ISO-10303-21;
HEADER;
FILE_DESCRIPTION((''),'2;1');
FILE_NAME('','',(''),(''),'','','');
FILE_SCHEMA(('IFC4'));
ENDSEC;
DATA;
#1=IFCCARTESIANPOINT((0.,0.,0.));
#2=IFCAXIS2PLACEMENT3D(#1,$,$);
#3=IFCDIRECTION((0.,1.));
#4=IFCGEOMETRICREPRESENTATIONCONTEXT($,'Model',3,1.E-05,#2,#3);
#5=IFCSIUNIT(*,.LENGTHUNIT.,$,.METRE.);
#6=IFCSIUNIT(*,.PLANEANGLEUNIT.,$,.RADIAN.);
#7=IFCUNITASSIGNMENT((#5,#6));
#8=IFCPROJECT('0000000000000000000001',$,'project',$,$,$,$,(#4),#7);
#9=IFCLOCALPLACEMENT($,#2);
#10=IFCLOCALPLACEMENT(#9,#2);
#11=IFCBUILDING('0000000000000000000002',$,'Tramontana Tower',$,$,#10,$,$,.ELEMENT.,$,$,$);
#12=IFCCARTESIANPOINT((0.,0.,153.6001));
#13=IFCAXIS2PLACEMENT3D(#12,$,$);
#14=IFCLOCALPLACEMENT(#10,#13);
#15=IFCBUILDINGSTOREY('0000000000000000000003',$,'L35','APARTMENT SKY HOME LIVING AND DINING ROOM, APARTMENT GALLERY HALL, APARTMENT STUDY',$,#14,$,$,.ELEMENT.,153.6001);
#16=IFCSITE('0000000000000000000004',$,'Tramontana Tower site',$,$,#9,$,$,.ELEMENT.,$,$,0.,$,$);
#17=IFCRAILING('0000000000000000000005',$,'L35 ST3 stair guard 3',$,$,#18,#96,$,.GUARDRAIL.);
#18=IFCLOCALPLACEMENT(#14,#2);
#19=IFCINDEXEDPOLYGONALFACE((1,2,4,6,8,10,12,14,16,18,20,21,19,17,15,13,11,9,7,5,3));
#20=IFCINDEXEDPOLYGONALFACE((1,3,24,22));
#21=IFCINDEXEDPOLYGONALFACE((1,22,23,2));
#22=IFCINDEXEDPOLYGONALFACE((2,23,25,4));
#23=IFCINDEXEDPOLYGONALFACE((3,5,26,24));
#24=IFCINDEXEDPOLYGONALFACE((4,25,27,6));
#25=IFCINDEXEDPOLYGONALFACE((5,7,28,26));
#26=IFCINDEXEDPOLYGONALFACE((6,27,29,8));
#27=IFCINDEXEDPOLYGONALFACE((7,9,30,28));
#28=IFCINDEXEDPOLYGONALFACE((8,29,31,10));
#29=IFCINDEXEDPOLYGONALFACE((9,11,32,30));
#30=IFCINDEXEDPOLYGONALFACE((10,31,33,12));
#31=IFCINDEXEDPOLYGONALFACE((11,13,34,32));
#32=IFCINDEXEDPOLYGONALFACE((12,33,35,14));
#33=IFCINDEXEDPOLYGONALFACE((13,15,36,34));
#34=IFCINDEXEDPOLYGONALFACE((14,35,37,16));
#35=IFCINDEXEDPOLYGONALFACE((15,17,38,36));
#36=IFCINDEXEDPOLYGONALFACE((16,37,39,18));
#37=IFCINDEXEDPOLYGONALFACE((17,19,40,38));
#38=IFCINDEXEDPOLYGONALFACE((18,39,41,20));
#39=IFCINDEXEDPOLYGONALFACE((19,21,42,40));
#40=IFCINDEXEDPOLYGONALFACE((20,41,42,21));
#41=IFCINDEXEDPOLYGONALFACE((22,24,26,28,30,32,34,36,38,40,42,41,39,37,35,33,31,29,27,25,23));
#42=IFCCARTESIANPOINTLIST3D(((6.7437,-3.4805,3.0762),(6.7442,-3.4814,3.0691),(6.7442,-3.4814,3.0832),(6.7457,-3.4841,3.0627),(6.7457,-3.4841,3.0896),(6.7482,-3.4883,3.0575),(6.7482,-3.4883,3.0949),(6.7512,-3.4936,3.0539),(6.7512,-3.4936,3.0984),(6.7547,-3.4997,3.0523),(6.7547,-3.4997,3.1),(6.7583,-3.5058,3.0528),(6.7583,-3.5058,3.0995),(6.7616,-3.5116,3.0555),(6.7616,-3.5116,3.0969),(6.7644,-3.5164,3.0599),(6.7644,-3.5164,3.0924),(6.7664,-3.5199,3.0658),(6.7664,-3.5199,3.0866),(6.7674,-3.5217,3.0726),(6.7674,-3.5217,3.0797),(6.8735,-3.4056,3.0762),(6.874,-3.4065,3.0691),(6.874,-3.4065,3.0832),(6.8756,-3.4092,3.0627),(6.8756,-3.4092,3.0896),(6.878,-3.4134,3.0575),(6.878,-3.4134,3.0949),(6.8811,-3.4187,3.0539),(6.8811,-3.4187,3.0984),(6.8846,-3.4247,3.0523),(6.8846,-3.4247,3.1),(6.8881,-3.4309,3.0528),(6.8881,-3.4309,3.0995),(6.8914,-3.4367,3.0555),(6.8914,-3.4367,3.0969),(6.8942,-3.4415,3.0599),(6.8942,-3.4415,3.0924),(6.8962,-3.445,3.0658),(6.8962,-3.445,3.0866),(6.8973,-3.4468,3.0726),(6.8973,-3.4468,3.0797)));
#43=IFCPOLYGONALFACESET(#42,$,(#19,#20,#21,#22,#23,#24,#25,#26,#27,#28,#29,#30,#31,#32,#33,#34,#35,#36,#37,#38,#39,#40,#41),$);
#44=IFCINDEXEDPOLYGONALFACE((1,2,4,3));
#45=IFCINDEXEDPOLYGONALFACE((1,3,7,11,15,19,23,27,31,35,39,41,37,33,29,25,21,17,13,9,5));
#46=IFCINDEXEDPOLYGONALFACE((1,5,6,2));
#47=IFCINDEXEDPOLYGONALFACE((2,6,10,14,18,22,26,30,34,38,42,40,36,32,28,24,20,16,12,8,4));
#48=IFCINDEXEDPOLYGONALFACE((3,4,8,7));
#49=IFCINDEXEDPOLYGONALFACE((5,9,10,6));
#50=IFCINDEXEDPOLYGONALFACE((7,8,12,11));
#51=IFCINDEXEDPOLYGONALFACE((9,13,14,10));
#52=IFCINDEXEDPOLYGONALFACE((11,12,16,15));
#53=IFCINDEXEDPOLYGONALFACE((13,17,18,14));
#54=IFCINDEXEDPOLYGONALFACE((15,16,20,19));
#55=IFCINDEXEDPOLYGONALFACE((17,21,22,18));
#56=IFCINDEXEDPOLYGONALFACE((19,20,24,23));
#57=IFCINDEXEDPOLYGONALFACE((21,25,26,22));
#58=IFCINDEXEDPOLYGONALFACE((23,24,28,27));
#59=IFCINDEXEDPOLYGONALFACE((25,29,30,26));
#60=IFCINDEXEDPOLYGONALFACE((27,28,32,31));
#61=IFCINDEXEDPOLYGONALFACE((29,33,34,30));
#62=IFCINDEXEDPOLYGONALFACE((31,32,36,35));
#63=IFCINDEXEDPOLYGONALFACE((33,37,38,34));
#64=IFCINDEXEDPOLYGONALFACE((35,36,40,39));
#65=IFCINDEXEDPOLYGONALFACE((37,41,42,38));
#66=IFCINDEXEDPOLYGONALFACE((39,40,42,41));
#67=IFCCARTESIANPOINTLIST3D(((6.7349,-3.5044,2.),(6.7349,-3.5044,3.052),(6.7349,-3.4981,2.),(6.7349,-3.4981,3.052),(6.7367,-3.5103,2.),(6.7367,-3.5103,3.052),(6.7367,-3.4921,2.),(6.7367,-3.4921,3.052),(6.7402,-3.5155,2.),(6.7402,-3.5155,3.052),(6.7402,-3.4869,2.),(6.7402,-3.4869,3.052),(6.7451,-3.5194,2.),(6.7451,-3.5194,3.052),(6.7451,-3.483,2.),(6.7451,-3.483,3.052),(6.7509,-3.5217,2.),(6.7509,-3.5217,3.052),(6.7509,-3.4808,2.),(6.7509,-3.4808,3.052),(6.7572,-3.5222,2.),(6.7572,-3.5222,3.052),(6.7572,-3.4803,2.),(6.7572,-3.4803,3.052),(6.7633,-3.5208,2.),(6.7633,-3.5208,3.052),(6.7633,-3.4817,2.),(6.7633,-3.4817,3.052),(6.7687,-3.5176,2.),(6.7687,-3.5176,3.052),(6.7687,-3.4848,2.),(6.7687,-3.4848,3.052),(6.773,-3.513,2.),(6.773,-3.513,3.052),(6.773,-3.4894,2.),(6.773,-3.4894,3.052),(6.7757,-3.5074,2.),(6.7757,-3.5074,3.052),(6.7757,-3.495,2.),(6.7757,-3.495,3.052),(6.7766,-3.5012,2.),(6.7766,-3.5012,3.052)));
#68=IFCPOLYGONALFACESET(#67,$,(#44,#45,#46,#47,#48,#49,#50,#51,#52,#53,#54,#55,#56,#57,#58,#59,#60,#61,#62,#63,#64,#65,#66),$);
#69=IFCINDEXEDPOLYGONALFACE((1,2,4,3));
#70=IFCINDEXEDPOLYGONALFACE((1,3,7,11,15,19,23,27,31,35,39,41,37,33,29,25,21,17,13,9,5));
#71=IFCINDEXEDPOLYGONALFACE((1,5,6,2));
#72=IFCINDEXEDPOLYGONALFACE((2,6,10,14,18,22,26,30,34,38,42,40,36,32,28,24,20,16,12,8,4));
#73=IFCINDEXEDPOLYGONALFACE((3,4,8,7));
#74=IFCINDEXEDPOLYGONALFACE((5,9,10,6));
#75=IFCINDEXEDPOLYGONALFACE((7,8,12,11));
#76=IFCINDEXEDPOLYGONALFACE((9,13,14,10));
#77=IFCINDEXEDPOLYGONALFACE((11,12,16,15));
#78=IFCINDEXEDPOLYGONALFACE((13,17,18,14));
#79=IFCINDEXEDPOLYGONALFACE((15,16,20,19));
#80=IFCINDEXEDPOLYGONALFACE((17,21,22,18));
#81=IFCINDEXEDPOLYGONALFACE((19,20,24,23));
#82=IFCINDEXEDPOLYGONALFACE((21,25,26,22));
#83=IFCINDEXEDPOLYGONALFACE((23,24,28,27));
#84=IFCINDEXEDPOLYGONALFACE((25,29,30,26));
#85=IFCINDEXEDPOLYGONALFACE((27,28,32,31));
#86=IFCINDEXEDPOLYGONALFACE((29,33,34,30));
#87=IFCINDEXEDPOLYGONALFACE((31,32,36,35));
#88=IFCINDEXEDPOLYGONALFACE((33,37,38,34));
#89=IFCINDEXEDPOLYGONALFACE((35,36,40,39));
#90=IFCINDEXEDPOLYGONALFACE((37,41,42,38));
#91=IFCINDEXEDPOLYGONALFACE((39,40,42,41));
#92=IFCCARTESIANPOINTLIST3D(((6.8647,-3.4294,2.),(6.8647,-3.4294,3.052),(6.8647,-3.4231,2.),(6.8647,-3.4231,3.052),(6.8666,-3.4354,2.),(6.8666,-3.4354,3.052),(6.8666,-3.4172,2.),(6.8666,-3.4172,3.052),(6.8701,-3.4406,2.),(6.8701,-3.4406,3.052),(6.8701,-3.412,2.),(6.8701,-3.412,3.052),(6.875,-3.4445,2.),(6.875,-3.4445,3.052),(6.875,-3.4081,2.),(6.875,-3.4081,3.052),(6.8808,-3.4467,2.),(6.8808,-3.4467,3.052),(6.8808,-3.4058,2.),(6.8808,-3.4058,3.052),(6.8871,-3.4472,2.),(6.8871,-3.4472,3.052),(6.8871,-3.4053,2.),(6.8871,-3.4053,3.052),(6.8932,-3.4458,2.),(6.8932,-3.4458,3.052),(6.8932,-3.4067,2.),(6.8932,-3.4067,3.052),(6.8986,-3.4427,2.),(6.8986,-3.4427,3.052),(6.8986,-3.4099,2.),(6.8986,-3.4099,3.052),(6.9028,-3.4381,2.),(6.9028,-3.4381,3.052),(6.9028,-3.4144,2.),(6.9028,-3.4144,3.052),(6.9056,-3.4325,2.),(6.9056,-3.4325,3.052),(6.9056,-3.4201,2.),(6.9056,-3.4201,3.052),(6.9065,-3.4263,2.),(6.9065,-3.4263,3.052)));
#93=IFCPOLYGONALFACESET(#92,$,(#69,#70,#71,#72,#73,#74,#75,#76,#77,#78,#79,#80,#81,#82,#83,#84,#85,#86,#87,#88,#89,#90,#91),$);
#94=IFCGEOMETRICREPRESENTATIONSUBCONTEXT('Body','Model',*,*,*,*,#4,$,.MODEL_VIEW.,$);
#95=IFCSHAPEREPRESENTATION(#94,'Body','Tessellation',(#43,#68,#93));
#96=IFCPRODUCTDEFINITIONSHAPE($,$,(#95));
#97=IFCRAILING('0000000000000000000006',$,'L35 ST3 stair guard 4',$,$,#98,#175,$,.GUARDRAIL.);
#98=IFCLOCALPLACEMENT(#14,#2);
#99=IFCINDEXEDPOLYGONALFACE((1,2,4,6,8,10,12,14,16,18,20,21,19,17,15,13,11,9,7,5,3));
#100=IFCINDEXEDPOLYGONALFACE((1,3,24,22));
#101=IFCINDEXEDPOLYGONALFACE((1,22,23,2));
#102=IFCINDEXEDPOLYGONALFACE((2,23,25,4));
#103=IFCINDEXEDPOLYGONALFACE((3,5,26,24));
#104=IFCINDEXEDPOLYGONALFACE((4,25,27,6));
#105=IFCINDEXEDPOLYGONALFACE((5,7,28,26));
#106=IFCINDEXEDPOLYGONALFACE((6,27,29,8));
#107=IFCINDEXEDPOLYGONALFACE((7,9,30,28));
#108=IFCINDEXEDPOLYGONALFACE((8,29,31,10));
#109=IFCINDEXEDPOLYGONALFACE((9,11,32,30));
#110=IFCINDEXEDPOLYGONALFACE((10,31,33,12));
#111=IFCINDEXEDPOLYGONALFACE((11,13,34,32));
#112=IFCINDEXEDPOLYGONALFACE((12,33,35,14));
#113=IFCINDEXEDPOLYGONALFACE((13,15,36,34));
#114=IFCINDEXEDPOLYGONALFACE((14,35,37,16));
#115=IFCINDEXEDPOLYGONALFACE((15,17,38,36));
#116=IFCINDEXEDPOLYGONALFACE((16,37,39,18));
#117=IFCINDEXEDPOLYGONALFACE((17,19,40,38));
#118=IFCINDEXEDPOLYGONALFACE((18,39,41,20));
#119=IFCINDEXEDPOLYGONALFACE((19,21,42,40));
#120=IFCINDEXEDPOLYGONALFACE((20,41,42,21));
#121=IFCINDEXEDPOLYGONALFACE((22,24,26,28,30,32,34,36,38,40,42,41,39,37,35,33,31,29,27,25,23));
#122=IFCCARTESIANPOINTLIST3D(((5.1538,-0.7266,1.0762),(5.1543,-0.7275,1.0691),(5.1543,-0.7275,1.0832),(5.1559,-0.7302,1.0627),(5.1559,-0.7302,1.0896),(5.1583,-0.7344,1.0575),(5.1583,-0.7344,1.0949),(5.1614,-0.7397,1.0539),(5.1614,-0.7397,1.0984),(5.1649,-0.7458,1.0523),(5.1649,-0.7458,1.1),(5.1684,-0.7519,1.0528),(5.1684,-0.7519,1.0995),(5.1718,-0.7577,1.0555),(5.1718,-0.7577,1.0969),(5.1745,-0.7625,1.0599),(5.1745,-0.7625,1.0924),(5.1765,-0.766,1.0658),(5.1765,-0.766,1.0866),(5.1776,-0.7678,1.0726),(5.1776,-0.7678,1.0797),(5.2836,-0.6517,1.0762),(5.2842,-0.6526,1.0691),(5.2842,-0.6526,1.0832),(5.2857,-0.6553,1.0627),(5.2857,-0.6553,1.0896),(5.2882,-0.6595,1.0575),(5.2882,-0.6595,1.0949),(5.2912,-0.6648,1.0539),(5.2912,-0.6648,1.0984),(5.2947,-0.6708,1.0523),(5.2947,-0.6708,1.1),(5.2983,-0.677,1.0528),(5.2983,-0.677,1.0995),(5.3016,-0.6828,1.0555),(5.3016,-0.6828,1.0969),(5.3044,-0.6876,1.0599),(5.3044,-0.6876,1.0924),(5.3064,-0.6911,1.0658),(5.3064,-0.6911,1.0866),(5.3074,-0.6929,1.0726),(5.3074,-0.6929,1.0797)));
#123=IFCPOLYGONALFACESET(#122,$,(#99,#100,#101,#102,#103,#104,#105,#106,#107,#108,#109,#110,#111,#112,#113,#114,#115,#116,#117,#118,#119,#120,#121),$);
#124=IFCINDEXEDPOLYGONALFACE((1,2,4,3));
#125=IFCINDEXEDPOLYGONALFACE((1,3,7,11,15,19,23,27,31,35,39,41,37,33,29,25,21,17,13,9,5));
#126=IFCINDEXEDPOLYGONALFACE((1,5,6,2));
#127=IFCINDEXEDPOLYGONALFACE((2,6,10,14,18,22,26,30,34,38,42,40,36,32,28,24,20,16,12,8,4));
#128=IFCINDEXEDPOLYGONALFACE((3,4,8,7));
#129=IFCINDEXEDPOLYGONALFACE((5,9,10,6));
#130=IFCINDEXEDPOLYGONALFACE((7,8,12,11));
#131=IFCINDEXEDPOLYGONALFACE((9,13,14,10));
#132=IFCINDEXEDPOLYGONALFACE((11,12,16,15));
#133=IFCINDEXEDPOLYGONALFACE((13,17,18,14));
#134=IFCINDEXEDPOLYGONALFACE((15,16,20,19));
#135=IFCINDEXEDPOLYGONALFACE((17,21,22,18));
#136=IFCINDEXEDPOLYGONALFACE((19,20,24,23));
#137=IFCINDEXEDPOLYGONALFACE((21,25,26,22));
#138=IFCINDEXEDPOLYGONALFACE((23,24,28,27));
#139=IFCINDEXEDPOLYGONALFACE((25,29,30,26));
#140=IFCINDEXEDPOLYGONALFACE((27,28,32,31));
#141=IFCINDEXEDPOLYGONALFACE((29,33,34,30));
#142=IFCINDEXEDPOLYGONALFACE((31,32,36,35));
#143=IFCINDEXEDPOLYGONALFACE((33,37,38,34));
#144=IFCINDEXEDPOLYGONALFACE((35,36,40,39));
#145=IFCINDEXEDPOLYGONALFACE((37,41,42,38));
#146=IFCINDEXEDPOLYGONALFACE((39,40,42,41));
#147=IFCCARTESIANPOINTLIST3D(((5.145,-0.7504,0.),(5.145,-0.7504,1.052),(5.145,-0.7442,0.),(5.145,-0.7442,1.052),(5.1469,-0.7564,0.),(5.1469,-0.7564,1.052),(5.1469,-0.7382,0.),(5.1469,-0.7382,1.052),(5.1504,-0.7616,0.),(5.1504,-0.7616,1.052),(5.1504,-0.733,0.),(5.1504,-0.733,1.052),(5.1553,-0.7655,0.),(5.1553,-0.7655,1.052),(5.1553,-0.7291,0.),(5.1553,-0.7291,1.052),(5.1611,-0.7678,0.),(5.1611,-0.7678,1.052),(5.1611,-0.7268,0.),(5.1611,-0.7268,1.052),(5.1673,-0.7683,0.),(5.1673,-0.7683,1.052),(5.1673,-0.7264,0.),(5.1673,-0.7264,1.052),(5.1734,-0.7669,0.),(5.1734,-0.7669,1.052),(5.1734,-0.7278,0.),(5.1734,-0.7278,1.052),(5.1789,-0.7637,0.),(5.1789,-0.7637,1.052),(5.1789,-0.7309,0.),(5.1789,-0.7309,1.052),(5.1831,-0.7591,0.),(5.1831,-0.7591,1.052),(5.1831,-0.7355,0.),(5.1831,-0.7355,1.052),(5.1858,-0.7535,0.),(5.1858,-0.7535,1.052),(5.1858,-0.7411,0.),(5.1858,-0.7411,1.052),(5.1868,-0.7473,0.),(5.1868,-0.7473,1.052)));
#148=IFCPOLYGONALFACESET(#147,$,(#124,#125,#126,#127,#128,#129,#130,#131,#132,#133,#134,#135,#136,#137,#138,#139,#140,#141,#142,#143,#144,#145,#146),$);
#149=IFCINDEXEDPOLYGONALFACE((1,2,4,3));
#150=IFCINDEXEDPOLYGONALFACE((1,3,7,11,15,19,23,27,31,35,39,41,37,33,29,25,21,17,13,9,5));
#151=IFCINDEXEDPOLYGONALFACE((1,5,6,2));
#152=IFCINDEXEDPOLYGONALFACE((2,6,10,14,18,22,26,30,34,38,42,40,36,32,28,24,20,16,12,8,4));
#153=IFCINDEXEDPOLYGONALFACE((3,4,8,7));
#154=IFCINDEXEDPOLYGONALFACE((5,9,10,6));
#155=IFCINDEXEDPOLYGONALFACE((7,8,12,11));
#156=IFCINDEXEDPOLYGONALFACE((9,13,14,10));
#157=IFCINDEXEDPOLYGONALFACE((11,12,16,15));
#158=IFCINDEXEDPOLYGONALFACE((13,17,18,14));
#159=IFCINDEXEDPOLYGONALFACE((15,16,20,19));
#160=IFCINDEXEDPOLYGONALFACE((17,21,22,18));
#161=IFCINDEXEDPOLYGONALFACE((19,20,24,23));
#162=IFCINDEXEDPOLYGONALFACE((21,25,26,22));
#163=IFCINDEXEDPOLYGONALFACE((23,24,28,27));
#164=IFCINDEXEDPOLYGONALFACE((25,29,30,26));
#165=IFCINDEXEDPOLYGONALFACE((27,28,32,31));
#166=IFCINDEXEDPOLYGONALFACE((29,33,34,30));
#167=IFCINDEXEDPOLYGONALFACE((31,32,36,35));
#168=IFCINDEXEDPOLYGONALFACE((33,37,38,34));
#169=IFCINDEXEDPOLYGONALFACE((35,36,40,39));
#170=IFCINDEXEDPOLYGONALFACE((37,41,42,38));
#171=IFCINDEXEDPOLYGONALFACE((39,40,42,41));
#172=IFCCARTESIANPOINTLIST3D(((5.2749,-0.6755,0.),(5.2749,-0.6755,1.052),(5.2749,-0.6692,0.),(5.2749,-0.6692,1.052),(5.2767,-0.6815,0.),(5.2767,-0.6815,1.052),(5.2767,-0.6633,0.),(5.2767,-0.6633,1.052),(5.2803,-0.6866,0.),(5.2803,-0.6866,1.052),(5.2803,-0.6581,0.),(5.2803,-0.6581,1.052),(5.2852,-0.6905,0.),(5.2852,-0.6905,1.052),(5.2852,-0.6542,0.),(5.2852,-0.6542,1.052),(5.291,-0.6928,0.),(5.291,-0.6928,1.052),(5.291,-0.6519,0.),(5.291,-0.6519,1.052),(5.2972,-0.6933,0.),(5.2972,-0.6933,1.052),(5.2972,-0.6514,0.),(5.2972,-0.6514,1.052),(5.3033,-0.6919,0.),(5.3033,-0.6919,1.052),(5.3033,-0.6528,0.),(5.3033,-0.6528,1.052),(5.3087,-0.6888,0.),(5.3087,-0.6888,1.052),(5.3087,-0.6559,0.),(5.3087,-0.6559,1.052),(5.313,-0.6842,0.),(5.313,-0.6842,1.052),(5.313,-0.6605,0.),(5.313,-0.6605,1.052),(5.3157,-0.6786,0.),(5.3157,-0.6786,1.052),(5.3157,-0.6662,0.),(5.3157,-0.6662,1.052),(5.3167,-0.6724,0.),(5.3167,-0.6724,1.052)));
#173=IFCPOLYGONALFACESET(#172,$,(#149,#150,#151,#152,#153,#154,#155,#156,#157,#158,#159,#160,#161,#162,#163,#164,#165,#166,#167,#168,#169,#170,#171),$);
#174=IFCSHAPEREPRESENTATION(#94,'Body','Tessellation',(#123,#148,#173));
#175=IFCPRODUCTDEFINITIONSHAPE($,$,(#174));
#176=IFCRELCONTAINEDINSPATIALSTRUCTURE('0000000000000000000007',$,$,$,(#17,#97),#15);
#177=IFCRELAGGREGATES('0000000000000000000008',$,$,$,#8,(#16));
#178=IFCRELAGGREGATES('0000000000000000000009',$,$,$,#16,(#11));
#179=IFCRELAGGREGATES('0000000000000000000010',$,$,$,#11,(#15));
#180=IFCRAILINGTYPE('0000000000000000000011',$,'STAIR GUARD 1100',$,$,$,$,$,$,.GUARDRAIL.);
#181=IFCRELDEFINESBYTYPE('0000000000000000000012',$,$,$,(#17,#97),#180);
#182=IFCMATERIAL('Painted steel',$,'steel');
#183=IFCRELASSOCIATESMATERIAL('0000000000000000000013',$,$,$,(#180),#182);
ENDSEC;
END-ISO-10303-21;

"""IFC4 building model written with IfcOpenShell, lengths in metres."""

from ifc_helpers import new_model, si_unit, direction, frame, origin, origin_2d, place, context, subcontext, project, spatial, circle, extrude, material, type_object, element, save


model = new_model("IFC4")

# Units and contexts
model_context = context("Model", 3, precision=1e-05, world=origin(), true_north=direction((0.0, 1.0)))
body_context = subcontext(model_context, "Body", "Model", "MODEL_VIEW")
ifc_project = project(units=[si_unit("LENGTHUNIT", "METRE"), si_unit("PLANEANGLEUNIT", "RADIAN")], contexts=[model_context])

# Site, building, storey
site_placement = place(None, origin())
site = spatial("IfcSite", under=ifc_project, at=site_placement, Name="Tramontana Tower site", CompositionType="ELEMENT", RefElevation=0.0)
building_placement = place(site_placement, origin())
building = spatial("IfcBuilding", under=site, at=building_placement, Name="Tramontana Tower", CompositionType="ELEMENT")
storey_placement = place(building_placement, frame((0.0, 0.0, 153.6001)))
storey = spatial("IfcBuildingStorey", under=building, at=storey_placement, Name="L35", Description="APARTMENT SKY HOME LIVING AND DINING ROOM, APARTMENT GALLERY HALL, APARTMENT STUDY", CompositionType="ELEMENT", Elevation=153.6001)

# Railings
ifc_material_1 = material(Name="Painted steel", Category="steel")
railing_type_1 = type_object("IfcRailingType", Name="STAIR GUARD 1100", PredefinedType="GUARDRAIL", material=ifc_material_1)
for number, where, name in (
    (1, (6.7556, -3.5012, 2.0), "L35 ST3 stair guard 3"),
    (2, (5.1658, -0.7473, 0.0), "L35 ST3 stair guard 4"),
):
    element("IfcRailing", number, at=place(storey_placement, frame(where)), inside=storey, type_object=railing_type_1, Name=name, PredefinedType="GUARDRAIL", context=body_context, shape_type="SweptSolid", body=[
        extrude(circle(Radius=0.0239, at=origin_2d()), frame((0.0, 0.0, 1.0762), z_axis=(0.866131, 0.499816, 0.0), x_axis=(-0.499816, 0.866131, 0.0)), (0.0, 0.0, 1.0), 0.1499),
        extrude(circle(Radius=0.021, at=origin_2d()), origin(), (0.0, 0.0, 1.0), 1.052),
        extrude(circle(Radius=0.021, at=origin_2d()), frame((0.1299, 0.075, 0.0)), (0.0, 0.0, 1.0), 1.052),
    ])

save(model, "model.ifc")
